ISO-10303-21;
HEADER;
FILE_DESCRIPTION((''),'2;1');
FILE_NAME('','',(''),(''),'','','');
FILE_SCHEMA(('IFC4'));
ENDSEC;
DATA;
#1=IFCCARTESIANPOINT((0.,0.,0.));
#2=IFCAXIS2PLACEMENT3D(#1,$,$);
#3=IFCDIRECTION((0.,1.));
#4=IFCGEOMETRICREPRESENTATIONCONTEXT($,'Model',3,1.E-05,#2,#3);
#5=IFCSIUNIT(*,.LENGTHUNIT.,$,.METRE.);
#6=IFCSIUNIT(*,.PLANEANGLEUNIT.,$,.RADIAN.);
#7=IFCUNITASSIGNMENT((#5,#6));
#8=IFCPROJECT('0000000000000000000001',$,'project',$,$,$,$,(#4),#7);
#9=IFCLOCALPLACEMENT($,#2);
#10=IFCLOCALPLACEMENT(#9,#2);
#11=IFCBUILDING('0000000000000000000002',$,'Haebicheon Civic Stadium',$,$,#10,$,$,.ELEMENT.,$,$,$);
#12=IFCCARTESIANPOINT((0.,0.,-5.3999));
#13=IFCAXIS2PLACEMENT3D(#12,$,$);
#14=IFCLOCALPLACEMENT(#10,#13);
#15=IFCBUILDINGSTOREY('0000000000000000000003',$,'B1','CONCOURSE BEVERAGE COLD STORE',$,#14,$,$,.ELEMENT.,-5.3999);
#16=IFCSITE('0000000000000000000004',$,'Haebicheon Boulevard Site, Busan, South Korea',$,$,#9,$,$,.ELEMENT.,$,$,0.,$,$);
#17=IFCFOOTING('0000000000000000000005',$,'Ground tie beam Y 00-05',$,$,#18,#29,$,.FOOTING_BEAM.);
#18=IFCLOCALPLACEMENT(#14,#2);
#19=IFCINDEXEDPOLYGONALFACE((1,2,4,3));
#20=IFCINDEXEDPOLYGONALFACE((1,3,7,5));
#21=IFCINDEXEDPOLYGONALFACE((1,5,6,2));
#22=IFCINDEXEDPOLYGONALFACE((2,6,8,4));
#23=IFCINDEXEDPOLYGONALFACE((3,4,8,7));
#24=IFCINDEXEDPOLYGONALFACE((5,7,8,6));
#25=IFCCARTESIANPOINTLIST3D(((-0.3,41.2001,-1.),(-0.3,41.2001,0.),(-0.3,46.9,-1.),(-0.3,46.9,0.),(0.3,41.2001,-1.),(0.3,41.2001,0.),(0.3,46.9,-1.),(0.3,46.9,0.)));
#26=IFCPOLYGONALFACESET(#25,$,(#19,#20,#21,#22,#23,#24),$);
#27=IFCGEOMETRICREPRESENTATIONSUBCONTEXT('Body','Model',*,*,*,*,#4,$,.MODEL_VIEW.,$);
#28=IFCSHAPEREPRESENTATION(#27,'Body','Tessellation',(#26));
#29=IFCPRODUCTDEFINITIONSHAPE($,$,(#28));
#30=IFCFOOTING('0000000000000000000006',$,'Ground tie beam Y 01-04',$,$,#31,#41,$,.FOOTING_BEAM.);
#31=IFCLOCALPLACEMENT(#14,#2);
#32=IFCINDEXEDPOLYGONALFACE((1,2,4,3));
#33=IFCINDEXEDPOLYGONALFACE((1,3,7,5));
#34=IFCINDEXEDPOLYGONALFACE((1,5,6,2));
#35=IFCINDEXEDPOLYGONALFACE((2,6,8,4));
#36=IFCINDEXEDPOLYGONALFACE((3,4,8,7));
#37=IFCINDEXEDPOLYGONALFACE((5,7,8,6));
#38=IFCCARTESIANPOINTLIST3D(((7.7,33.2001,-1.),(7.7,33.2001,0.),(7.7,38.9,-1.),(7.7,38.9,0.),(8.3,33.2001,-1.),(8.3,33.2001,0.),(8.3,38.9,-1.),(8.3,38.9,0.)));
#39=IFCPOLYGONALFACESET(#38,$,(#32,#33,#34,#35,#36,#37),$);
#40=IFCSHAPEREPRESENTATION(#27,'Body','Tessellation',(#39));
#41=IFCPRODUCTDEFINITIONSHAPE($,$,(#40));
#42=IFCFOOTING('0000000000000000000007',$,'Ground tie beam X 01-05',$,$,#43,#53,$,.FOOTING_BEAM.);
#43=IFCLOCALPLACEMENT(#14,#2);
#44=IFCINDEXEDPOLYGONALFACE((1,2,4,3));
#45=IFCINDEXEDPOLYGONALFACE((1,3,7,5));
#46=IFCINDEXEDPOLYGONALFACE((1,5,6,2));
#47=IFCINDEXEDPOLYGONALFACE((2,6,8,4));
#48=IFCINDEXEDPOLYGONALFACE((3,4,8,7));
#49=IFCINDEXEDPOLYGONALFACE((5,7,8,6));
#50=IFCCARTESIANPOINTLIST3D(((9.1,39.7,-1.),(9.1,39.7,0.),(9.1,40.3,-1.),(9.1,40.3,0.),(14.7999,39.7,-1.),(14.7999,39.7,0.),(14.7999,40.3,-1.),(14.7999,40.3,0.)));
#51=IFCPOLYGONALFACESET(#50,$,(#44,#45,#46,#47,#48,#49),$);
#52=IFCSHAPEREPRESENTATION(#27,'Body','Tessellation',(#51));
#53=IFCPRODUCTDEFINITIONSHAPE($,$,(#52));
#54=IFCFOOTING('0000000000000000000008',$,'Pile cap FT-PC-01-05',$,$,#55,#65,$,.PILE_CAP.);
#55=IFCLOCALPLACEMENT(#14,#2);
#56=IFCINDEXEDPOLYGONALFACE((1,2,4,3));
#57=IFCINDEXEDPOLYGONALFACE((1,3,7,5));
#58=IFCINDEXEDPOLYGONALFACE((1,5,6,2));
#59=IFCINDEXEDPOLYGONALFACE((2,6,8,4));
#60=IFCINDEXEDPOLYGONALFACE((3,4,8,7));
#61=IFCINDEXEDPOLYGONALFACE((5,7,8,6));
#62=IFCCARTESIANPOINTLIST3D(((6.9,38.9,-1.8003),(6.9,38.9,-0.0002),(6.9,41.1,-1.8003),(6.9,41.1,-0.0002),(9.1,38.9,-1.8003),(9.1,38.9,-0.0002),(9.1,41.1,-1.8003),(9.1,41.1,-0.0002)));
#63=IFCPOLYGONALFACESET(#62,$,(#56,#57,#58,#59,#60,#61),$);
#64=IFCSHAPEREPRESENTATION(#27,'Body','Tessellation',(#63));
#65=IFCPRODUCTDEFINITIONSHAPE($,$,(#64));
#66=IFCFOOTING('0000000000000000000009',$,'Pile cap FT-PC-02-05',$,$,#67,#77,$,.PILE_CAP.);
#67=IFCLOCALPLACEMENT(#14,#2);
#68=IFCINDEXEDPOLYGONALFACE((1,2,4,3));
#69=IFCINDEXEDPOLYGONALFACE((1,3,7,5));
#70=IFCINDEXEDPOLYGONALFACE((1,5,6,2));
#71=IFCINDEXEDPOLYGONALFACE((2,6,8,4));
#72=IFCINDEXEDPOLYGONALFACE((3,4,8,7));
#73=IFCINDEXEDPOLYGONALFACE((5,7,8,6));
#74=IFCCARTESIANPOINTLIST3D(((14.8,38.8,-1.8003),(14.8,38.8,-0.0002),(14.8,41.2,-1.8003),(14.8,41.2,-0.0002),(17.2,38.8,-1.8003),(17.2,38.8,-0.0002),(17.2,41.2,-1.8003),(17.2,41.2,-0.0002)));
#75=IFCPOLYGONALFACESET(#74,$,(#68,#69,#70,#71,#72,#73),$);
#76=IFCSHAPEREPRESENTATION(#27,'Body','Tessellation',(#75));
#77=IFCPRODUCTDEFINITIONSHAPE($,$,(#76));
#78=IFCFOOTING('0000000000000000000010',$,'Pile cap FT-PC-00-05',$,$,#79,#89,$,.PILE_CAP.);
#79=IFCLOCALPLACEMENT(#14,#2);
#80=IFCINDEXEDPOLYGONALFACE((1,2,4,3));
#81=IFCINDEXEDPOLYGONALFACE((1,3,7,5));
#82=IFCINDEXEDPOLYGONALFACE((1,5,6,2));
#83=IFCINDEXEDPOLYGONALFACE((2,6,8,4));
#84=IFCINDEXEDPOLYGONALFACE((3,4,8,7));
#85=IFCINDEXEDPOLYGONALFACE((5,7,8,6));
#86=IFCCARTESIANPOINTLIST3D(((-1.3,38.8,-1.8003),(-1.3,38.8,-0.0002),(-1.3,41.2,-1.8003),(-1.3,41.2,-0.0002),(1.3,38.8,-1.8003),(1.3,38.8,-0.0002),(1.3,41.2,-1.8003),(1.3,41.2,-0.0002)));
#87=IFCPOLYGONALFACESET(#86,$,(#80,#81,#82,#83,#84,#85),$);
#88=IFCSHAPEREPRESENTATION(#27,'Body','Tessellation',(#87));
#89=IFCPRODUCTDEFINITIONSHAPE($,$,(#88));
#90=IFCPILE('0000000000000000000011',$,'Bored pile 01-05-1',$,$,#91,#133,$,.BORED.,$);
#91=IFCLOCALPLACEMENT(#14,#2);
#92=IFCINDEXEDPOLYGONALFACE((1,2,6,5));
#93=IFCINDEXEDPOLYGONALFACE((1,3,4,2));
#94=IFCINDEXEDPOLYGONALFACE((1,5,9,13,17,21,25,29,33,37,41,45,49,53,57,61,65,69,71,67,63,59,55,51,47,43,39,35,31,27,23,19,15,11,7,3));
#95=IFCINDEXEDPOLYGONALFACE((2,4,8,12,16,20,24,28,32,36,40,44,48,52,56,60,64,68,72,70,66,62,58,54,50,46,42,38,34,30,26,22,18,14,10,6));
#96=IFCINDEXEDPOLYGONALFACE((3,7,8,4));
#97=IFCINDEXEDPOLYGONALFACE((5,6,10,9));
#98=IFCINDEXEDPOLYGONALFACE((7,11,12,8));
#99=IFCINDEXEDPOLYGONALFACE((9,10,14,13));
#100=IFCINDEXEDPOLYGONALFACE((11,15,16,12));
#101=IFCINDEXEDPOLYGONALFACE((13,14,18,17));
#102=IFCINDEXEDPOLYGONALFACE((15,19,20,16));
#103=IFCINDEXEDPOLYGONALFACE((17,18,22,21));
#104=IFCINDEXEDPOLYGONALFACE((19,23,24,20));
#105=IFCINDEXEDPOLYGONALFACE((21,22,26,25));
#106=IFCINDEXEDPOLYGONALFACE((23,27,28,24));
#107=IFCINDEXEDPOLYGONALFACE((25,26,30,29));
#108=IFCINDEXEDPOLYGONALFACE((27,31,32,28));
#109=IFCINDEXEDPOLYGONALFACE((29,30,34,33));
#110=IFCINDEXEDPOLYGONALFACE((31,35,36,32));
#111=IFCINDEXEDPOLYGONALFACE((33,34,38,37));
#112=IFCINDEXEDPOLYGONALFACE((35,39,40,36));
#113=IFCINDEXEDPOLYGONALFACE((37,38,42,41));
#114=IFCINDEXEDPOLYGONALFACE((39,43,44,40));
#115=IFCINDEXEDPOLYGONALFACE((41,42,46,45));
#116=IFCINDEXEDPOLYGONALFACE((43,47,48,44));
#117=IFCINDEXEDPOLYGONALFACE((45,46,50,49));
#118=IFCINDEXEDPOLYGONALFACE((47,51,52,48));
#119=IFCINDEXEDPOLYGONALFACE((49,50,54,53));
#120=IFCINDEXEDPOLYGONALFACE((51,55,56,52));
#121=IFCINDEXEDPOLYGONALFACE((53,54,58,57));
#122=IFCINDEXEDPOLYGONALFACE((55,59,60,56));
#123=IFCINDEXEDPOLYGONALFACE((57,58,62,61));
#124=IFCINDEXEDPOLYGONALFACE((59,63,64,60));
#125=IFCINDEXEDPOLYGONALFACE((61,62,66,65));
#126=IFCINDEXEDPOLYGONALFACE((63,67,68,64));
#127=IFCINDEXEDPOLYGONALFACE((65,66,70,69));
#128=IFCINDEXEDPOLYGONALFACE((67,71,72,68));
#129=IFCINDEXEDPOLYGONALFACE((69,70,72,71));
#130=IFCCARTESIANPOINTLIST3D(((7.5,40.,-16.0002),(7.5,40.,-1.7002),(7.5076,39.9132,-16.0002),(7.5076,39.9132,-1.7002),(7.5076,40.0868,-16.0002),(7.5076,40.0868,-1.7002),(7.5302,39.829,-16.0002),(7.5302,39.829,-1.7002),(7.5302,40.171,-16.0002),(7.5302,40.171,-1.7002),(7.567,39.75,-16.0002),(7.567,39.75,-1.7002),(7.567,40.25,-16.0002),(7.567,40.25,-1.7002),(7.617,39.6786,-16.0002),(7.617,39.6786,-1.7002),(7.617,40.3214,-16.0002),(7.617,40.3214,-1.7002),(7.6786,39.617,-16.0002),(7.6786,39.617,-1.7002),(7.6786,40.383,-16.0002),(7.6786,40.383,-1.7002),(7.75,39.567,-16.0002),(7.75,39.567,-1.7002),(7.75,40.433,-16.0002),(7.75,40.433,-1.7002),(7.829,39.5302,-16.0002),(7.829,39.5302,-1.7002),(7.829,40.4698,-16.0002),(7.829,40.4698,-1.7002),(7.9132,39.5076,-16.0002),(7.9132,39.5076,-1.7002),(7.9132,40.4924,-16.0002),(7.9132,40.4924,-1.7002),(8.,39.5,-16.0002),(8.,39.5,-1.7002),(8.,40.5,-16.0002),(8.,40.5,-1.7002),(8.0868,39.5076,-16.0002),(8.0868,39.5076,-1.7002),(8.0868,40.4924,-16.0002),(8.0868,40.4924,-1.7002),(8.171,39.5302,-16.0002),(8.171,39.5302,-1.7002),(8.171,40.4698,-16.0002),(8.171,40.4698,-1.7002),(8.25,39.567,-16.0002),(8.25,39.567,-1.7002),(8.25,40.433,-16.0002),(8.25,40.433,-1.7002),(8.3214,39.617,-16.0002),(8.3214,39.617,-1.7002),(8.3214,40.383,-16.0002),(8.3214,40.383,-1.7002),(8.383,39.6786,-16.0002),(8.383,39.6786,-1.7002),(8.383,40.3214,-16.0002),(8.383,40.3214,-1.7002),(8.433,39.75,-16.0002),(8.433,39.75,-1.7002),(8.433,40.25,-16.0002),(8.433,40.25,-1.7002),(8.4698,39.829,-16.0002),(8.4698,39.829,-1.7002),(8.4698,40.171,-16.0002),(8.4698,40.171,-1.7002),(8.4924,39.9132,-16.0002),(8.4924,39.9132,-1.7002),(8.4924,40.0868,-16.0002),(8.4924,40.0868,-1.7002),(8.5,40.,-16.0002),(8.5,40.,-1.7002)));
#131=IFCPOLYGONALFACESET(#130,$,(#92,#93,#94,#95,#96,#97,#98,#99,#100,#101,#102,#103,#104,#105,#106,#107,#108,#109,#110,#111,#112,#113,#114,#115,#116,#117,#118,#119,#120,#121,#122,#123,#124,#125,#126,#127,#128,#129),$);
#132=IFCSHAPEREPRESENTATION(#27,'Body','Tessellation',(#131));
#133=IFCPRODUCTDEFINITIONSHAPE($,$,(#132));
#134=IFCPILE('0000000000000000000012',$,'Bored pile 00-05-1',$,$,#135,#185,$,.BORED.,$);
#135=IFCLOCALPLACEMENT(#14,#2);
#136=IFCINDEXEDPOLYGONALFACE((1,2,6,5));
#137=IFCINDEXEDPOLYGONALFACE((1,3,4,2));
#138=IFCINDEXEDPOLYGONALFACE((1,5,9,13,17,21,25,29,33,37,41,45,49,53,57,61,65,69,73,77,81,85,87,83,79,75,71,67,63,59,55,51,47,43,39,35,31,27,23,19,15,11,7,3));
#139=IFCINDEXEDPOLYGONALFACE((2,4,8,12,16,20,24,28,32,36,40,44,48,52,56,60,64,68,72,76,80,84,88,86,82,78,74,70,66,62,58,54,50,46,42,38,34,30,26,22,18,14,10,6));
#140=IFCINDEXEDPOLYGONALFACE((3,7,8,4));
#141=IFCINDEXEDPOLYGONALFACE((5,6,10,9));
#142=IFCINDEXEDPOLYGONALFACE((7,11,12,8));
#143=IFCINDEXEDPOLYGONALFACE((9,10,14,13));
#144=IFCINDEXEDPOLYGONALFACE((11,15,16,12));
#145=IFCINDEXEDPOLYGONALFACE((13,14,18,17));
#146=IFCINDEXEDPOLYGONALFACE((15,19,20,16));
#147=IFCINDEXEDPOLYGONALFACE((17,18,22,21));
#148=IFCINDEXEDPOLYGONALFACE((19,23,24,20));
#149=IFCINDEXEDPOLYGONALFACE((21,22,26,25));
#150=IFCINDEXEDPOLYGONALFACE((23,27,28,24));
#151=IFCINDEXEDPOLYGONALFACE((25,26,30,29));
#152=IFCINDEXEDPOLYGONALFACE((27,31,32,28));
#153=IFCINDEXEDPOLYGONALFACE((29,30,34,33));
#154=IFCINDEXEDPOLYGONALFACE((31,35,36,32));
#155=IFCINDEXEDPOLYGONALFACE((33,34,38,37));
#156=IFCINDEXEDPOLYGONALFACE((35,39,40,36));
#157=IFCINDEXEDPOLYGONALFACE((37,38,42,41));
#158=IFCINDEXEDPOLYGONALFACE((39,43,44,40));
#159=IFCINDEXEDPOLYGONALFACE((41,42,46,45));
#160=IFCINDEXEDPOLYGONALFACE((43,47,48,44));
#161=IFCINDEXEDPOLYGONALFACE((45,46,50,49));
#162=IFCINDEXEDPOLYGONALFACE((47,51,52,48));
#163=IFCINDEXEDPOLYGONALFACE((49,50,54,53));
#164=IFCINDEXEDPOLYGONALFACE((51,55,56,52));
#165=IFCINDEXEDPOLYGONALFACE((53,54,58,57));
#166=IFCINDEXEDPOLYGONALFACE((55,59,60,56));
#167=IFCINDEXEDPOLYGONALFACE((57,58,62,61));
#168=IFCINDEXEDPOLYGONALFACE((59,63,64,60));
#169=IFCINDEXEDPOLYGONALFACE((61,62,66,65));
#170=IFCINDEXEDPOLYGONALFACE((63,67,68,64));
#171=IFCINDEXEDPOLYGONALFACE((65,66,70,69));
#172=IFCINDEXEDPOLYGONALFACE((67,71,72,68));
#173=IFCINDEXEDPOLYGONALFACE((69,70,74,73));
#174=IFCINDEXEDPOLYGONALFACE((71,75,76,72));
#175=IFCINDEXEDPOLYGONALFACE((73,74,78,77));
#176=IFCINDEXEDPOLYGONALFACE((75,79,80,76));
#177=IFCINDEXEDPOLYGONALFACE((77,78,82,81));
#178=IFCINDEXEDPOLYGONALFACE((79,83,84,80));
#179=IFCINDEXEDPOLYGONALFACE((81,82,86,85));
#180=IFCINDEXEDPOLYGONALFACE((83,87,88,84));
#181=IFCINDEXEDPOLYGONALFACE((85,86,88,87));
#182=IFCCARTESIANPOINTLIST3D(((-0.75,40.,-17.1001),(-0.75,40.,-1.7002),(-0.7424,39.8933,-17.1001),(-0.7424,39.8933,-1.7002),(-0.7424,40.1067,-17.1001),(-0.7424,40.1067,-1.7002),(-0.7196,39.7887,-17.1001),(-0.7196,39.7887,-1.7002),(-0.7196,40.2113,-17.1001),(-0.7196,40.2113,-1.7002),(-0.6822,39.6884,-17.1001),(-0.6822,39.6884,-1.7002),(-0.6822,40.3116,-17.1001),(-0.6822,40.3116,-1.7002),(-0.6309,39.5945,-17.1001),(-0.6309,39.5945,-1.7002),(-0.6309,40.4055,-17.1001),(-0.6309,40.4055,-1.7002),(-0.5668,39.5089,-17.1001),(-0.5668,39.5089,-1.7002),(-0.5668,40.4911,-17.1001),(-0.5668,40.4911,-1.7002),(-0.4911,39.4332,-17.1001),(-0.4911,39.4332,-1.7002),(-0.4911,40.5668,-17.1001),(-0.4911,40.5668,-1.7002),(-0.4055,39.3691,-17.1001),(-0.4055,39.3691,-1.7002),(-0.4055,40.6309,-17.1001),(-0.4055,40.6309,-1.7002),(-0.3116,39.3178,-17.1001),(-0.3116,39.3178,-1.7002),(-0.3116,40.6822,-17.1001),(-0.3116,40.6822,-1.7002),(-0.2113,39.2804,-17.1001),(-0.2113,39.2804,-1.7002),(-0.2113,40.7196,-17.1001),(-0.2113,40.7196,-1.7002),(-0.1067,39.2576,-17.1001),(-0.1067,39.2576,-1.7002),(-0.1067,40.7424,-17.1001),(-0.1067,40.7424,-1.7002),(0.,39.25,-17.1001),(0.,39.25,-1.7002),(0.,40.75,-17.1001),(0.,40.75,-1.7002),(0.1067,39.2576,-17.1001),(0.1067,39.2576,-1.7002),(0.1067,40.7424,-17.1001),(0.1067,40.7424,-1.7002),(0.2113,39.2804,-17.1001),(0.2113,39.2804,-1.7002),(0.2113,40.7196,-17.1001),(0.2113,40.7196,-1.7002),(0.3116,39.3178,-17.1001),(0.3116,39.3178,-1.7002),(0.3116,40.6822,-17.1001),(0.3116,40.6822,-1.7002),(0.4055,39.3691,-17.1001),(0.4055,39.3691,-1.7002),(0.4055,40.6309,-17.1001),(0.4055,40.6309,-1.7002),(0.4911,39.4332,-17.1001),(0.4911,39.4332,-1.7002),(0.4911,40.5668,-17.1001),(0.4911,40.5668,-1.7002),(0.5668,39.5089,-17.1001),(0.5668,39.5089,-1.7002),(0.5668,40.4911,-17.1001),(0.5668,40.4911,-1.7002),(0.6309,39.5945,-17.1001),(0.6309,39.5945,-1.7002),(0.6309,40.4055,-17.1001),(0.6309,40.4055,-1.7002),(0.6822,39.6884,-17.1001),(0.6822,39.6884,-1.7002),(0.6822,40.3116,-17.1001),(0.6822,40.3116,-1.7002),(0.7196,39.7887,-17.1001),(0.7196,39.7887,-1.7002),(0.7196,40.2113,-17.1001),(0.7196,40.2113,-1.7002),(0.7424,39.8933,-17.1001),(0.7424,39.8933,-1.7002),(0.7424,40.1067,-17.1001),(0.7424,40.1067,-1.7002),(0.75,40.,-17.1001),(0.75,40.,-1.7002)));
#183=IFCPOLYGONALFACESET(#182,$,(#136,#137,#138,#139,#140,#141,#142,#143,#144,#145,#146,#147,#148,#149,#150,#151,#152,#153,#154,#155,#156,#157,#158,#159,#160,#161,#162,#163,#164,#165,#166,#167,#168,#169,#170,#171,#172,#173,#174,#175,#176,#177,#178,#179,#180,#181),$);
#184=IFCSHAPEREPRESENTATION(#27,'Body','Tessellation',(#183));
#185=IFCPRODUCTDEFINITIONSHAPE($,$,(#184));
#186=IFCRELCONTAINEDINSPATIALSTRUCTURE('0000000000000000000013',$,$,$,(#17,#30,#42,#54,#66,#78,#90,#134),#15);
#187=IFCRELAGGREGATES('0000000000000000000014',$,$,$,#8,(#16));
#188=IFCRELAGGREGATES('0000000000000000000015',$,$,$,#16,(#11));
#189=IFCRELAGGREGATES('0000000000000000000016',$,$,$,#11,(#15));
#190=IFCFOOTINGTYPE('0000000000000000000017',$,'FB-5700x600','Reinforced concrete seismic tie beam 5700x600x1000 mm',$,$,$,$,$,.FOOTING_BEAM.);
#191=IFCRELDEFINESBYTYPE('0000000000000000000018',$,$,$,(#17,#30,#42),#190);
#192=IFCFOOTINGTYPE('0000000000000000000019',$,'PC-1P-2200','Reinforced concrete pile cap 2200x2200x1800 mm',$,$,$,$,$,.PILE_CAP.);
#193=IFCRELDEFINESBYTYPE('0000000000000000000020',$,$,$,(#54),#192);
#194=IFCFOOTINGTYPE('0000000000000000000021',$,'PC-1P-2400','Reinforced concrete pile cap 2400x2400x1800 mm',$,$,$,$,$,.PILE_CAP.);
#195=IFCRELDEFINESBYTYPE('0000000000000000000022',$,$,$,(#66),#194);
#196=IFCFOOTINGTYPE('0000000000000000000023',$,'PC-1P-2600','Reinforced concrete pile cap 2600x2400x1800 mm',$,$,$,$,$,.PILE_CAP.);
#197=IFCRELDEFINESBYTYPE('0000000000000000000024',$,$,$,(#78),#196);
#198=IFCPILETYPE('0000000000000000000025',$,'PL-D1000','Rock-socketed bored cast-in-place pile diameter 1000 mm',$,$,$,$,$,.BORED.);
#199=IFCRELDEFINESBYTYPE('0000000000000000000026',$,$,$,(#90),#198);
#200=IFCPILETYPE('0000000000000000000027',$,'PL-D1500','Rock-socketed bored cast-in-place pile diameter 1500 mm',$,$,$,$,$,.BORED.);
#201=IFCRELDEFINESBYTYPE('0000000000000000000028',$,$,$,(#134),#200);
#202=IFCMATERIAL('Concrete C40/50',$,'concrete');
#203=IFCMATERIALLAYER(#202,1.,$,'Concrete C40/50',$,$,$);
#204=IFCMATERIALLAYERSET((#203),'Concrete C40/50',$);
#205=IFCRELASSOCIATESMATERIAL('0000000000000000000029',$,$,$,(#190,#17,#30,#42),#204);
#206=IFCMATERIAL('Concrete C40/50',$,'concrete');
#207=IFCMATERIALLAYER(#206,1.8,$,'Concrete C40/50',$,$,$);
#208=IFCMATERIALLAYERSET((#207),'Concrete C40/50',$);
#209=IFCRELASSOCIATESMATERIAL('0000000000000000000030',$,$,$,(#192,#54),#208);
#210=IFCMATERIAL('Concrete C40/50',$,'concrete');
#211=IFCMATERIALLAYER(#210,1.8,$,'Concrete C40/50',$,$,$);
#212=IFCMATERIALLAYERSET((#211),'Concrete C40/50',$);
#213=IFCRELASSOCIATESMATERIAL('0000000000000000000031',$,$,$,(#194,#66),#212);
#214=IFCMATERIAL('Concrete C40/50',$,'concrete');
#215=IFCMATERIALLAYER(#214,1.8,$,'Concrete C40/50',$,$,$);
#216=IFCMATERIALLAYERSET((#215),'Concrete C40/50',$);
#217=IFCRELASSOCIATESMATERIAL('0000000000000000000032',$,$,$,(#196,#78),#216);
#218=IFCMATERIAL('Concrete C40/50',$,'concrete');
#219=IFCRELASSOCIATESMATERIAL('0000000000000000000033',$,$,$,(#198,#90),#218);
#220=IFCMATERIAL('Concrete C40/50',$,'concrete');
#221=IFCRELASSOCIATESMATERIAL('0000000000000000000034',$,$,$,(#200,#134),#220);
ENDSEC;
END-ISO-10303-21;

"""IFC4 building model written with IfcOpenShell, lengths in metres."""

from ifc_helpers import new_model, si_unit, direction, frame, origin, origin_2d, place, context, subcontext, project, spatial, rectangle, circle, extrude, material, layer, layer_set, material_profile, profile_set, type_object, element, save


model = new_model("IFC4")

# Units and contexts
model_context = context("Model", 3, precision=1e-05, world=origin(), true_north=direction((0.0, 1.0)))
body_context = subcontext(model_context, "Body", "Model", "MODEL_VIEW")
ifc_project = project(units=[si_unit("LENGTHUNIT", "METRE"), si_unit("PLANEANGLEUNIT", "RADIAN")], contexts=[model_context])

# Site, building, storey
site_placement = place(None, origin())
site = spatial("IfcSite", under=ifc_project, at=site_placement, Name="Haebicheon Boulevard Site, Busan, South Korea", CompositionType="ELEMENT", RefElevation=0.0)
building_placement = place(site_placement, origin())
building = spatial("IfcBuilding", under=site, at=building_placement, Name="Haebicheon Civic Stadium", CompositionType="ELEMENT")
storey_placement = place(building_placement, frame((0.0, 0.0, -5.3999)))
storey = spatial("IfcBuildingStorey", under=building, at=storey_placement, Name="B1", Description="CONCOURSE BEVERAGE COLD STORE", CompositionType="ELEMENT", Elevation=-5.3999)

# Footings
ifc_material_1 = material(Name="Concrete C40/50", Category="concrete")
ifc_layer_1 = layer(ifc_material_1, 1.0, Name="Concrete C40/50")
ifc_layer_set_1 = layer_set([ifc_layer_1], Name="Concrete C40/50")
footing_type_1 = type_object("IfcFootingType", Name="FB-5700x600", Description="Reinforced concrete seismic tie beam 5700x600x1000 mm", PredefinedType="FOOTING_BEAM", material=ifc_layer_set_1)
for number, where, z_axis, x_axis, name in (
    (1, (0.0, 44.05, -1.0), (0.0, 0.0, 1.0), (0.0, 1.0, 0.0), "Ground tie beam Y 00-05"),
    (2, (8.0, 36.05, -1.0), (0.0, 0.0, 1.0), (0.0, 1.0, 0.0), "Ground tie beam Y 01-04"),
    (3, (11.95, 40.0, -1.0), (0.0, 0.0, 1.0), (1.0, 0.0, 0.0), "Ground tie beam X 01-05"),
):
    element("IfcFooting", number, at=place(storey_placement, frame(where, z_axis=z_axis, x_axis=x_axis)), inside=storey, type_object=footing_type_1, material=ifc_layer_set_1, Name=name, PredefinedType="FOOTING_BEAM", context=body_context, shape_type="SweptSolid", body=[
        extrude(rectangle(XDim=5.7, YDim=0.6001, at=origin_2d()), origin(), (0.0, 0.0, 1.0), 1.0),
    ])
ifc_material_2 = material(Name="Concrete C40/50", Category="concrete")
ifc_layer_2 = layer(ifc_material_2, 1.8, Name="Concrete C40/50")
ifc_layer_set_2 = layer_set([ifc_layer_2], Name="Concrete C40/50")
footing_type_2 = type_object("IfcFootingType", Name="PC-1P-2200", Description="Reinforced concrete pile cap 2200x2200x1800 mm", PredefinedType="PILE_CAP", material=ifc_layer_set_2)
footing_1_placement = place(storey_placement, frame((8.0, 40.0, -1.8003), z_axis=(0.0, 0.0, 1.0), x_axis=(1.0, 0.0, 0.0)))
element("IfcFooting", 4, at=footing_1_placement, inside=storey, type_object=footing_type_2, material=ifc_layer_set_2, Name="Pile cap FT-PC-01-05", PredefinedType="PILE_CAP", context=body_context, shape_type="SweptSolid", body=[
    extrude(rectangle(XDim=2.2, YDim=2.2, at=origin_2d()), origin(), (0.0, 0.0, 1.0), 1.8),
])
ifc_material_3 = material(Name="Concrete C40/50", Category="concrete")
ifc_layer_3 = layer(ifc_material_3, 1.8, Name="Concrete C40/50")
ifc_layer_set_3 = layer_set([ifc_layer_3], Name="Concrete C40/50")
footing_type_3 = type_object("IfcFootingType", Name="PC-1P-2400", Description="Reinforced concrete pile cap 2400x2400x1800 mm", PredefinedType="PILE_CAP", material=ifc_layer_set_3)
footing_2_placement = place(storey_placement, frame((16.0, 40.0, -1.8003), z_axis=(0.0, 0.0, 1.0), x_axis=(1.0, 0.0, 0.0)))
element("IfcFooting", 5, at=footing_2_placement, inside=storey, type_object=footing_type_3, material=ifc_layer_set_3, Name="Pile cap FT-PC-02-05", PredefinedType="PILE_CAP", context=body_context, shape_type="SweptSolid", body=[
    extrude(rectangle(XDim=2.3999, YDim=2.3999, at=origin_2d()), origin(), (0.0, 0.0, 1.0), 1.8),
])
ifc_material_4 = material(Name="Concrete C40/50", Category="concrete")
ifc_layer_4 = layer(ifc_material_4, 1.8, Name="Concrete C40/50")
ifc_layer_set_4 = layer_set([ifc_layer_4], Name="Concrete C40/50")
footing_type_4 = type_object("IfcFootingType", Name="PC-1P-2600", Description="Reinforced concrete pile cap 2600x2400x1800 mm", PredefinedType="PILE_CAP", material=ifc_layer_set_4)
footing_3_placement = place(storey_placement, frame((0.0, 40.0, -1.8003), z_axis=(0.0, 0.0, 1.0), x_axis=(1.0, 0.0, 0.0)))
element("IfcFooting", 6, at=footing_3_placement, inside=storey, type_object=footing_type_4, material=ifc_layer_set_4, Name="Pile cap FT-PC-00-05", PredefinedType="PILE_CAP", context=body_context, shape_type="SweptSolid", body=[
    extrude(rectangle(XDim=2.6001, YDim=2.3999, at=origin_2d()), origin(), (0.0, 0.0, 1.0), 1.8),
])

# Piles
ifc_material_5 = material(Name="Concrete C40/50", Category="concrete")
ifc_material_profile_1 = material_profile(ifc_material_5, circle(Radius=0.5, at=origin_2d()), Name="PILE-D1000")
ifc_profile_set_1 = profile_set([ifc_material_profile_1], Name="Concrete C40/50")
pile_type_1 = type_object("IfcPileType", Name="PL-D1000", Description="Rock-socketed bored cast-in-place pile diameter 1000 mm", PredefinedType="BORED", material=ifc_profile_set_1)
pile_1_placement = place(storey_placement, frame((8.0, 40.0, -1.7002), z_axis=(0.0, 0.0, -1.0), x_axis=(1.0, 0.0, 0.0)))
element("IfcPile", 7, at=pile_1_placement, inside=storey, type_object=pile_type_1, material=ifc_profile_set_1, Name="Bored pile 01-05-1", PredefinedType="BORED", context=body_context, shape_type="SweptSolid", body=[
    extrude(circle(Radius=0.5, at=origin_2d()), origin(), (0.0, 0.0, 1.0), 14.3),
])
ifc_material_6 = material(Name="Concrete C40/50", Category="concrete")
ifc_material_profile_2 = material_profile(ifc_material_6, circle(Radius=0.75, at=origin_2d()), Name="PILE-D1500")
ifc_profile_set_2 = profile_set([ifc_material_profile_2], Name="Concrete C40/50")
pile_type_2 = type_object("IfcPileType", Name="PL-D1500", Description="Rock-socketed bored cast-in-place pile diameter 1500 mm", PredefinedType="BORED", material=ifc_profile_set_2)
pile_2_placement = place(storey_placement, frame((0.0, 40.0, -1.7002), z_axis=(0.0, 0.0, -1.0), x_axis=(1.0, 0.0, 0.0)))
element("IfcPile", 8, at=pile_2_placement, inside=storey, type_object=pile_type_2, material=ifc_profile_set_2, Name="Bored pile 00-05-1", PredefinedType="BORED", context=body_context, shape_type="SweptSolid", body=[
    extrude(circle(Radius=0.75, at=origin_2d()), origin(), (0.0, 0.0, 1.0), 15.3999),
])

save(model, "model.ifc")
